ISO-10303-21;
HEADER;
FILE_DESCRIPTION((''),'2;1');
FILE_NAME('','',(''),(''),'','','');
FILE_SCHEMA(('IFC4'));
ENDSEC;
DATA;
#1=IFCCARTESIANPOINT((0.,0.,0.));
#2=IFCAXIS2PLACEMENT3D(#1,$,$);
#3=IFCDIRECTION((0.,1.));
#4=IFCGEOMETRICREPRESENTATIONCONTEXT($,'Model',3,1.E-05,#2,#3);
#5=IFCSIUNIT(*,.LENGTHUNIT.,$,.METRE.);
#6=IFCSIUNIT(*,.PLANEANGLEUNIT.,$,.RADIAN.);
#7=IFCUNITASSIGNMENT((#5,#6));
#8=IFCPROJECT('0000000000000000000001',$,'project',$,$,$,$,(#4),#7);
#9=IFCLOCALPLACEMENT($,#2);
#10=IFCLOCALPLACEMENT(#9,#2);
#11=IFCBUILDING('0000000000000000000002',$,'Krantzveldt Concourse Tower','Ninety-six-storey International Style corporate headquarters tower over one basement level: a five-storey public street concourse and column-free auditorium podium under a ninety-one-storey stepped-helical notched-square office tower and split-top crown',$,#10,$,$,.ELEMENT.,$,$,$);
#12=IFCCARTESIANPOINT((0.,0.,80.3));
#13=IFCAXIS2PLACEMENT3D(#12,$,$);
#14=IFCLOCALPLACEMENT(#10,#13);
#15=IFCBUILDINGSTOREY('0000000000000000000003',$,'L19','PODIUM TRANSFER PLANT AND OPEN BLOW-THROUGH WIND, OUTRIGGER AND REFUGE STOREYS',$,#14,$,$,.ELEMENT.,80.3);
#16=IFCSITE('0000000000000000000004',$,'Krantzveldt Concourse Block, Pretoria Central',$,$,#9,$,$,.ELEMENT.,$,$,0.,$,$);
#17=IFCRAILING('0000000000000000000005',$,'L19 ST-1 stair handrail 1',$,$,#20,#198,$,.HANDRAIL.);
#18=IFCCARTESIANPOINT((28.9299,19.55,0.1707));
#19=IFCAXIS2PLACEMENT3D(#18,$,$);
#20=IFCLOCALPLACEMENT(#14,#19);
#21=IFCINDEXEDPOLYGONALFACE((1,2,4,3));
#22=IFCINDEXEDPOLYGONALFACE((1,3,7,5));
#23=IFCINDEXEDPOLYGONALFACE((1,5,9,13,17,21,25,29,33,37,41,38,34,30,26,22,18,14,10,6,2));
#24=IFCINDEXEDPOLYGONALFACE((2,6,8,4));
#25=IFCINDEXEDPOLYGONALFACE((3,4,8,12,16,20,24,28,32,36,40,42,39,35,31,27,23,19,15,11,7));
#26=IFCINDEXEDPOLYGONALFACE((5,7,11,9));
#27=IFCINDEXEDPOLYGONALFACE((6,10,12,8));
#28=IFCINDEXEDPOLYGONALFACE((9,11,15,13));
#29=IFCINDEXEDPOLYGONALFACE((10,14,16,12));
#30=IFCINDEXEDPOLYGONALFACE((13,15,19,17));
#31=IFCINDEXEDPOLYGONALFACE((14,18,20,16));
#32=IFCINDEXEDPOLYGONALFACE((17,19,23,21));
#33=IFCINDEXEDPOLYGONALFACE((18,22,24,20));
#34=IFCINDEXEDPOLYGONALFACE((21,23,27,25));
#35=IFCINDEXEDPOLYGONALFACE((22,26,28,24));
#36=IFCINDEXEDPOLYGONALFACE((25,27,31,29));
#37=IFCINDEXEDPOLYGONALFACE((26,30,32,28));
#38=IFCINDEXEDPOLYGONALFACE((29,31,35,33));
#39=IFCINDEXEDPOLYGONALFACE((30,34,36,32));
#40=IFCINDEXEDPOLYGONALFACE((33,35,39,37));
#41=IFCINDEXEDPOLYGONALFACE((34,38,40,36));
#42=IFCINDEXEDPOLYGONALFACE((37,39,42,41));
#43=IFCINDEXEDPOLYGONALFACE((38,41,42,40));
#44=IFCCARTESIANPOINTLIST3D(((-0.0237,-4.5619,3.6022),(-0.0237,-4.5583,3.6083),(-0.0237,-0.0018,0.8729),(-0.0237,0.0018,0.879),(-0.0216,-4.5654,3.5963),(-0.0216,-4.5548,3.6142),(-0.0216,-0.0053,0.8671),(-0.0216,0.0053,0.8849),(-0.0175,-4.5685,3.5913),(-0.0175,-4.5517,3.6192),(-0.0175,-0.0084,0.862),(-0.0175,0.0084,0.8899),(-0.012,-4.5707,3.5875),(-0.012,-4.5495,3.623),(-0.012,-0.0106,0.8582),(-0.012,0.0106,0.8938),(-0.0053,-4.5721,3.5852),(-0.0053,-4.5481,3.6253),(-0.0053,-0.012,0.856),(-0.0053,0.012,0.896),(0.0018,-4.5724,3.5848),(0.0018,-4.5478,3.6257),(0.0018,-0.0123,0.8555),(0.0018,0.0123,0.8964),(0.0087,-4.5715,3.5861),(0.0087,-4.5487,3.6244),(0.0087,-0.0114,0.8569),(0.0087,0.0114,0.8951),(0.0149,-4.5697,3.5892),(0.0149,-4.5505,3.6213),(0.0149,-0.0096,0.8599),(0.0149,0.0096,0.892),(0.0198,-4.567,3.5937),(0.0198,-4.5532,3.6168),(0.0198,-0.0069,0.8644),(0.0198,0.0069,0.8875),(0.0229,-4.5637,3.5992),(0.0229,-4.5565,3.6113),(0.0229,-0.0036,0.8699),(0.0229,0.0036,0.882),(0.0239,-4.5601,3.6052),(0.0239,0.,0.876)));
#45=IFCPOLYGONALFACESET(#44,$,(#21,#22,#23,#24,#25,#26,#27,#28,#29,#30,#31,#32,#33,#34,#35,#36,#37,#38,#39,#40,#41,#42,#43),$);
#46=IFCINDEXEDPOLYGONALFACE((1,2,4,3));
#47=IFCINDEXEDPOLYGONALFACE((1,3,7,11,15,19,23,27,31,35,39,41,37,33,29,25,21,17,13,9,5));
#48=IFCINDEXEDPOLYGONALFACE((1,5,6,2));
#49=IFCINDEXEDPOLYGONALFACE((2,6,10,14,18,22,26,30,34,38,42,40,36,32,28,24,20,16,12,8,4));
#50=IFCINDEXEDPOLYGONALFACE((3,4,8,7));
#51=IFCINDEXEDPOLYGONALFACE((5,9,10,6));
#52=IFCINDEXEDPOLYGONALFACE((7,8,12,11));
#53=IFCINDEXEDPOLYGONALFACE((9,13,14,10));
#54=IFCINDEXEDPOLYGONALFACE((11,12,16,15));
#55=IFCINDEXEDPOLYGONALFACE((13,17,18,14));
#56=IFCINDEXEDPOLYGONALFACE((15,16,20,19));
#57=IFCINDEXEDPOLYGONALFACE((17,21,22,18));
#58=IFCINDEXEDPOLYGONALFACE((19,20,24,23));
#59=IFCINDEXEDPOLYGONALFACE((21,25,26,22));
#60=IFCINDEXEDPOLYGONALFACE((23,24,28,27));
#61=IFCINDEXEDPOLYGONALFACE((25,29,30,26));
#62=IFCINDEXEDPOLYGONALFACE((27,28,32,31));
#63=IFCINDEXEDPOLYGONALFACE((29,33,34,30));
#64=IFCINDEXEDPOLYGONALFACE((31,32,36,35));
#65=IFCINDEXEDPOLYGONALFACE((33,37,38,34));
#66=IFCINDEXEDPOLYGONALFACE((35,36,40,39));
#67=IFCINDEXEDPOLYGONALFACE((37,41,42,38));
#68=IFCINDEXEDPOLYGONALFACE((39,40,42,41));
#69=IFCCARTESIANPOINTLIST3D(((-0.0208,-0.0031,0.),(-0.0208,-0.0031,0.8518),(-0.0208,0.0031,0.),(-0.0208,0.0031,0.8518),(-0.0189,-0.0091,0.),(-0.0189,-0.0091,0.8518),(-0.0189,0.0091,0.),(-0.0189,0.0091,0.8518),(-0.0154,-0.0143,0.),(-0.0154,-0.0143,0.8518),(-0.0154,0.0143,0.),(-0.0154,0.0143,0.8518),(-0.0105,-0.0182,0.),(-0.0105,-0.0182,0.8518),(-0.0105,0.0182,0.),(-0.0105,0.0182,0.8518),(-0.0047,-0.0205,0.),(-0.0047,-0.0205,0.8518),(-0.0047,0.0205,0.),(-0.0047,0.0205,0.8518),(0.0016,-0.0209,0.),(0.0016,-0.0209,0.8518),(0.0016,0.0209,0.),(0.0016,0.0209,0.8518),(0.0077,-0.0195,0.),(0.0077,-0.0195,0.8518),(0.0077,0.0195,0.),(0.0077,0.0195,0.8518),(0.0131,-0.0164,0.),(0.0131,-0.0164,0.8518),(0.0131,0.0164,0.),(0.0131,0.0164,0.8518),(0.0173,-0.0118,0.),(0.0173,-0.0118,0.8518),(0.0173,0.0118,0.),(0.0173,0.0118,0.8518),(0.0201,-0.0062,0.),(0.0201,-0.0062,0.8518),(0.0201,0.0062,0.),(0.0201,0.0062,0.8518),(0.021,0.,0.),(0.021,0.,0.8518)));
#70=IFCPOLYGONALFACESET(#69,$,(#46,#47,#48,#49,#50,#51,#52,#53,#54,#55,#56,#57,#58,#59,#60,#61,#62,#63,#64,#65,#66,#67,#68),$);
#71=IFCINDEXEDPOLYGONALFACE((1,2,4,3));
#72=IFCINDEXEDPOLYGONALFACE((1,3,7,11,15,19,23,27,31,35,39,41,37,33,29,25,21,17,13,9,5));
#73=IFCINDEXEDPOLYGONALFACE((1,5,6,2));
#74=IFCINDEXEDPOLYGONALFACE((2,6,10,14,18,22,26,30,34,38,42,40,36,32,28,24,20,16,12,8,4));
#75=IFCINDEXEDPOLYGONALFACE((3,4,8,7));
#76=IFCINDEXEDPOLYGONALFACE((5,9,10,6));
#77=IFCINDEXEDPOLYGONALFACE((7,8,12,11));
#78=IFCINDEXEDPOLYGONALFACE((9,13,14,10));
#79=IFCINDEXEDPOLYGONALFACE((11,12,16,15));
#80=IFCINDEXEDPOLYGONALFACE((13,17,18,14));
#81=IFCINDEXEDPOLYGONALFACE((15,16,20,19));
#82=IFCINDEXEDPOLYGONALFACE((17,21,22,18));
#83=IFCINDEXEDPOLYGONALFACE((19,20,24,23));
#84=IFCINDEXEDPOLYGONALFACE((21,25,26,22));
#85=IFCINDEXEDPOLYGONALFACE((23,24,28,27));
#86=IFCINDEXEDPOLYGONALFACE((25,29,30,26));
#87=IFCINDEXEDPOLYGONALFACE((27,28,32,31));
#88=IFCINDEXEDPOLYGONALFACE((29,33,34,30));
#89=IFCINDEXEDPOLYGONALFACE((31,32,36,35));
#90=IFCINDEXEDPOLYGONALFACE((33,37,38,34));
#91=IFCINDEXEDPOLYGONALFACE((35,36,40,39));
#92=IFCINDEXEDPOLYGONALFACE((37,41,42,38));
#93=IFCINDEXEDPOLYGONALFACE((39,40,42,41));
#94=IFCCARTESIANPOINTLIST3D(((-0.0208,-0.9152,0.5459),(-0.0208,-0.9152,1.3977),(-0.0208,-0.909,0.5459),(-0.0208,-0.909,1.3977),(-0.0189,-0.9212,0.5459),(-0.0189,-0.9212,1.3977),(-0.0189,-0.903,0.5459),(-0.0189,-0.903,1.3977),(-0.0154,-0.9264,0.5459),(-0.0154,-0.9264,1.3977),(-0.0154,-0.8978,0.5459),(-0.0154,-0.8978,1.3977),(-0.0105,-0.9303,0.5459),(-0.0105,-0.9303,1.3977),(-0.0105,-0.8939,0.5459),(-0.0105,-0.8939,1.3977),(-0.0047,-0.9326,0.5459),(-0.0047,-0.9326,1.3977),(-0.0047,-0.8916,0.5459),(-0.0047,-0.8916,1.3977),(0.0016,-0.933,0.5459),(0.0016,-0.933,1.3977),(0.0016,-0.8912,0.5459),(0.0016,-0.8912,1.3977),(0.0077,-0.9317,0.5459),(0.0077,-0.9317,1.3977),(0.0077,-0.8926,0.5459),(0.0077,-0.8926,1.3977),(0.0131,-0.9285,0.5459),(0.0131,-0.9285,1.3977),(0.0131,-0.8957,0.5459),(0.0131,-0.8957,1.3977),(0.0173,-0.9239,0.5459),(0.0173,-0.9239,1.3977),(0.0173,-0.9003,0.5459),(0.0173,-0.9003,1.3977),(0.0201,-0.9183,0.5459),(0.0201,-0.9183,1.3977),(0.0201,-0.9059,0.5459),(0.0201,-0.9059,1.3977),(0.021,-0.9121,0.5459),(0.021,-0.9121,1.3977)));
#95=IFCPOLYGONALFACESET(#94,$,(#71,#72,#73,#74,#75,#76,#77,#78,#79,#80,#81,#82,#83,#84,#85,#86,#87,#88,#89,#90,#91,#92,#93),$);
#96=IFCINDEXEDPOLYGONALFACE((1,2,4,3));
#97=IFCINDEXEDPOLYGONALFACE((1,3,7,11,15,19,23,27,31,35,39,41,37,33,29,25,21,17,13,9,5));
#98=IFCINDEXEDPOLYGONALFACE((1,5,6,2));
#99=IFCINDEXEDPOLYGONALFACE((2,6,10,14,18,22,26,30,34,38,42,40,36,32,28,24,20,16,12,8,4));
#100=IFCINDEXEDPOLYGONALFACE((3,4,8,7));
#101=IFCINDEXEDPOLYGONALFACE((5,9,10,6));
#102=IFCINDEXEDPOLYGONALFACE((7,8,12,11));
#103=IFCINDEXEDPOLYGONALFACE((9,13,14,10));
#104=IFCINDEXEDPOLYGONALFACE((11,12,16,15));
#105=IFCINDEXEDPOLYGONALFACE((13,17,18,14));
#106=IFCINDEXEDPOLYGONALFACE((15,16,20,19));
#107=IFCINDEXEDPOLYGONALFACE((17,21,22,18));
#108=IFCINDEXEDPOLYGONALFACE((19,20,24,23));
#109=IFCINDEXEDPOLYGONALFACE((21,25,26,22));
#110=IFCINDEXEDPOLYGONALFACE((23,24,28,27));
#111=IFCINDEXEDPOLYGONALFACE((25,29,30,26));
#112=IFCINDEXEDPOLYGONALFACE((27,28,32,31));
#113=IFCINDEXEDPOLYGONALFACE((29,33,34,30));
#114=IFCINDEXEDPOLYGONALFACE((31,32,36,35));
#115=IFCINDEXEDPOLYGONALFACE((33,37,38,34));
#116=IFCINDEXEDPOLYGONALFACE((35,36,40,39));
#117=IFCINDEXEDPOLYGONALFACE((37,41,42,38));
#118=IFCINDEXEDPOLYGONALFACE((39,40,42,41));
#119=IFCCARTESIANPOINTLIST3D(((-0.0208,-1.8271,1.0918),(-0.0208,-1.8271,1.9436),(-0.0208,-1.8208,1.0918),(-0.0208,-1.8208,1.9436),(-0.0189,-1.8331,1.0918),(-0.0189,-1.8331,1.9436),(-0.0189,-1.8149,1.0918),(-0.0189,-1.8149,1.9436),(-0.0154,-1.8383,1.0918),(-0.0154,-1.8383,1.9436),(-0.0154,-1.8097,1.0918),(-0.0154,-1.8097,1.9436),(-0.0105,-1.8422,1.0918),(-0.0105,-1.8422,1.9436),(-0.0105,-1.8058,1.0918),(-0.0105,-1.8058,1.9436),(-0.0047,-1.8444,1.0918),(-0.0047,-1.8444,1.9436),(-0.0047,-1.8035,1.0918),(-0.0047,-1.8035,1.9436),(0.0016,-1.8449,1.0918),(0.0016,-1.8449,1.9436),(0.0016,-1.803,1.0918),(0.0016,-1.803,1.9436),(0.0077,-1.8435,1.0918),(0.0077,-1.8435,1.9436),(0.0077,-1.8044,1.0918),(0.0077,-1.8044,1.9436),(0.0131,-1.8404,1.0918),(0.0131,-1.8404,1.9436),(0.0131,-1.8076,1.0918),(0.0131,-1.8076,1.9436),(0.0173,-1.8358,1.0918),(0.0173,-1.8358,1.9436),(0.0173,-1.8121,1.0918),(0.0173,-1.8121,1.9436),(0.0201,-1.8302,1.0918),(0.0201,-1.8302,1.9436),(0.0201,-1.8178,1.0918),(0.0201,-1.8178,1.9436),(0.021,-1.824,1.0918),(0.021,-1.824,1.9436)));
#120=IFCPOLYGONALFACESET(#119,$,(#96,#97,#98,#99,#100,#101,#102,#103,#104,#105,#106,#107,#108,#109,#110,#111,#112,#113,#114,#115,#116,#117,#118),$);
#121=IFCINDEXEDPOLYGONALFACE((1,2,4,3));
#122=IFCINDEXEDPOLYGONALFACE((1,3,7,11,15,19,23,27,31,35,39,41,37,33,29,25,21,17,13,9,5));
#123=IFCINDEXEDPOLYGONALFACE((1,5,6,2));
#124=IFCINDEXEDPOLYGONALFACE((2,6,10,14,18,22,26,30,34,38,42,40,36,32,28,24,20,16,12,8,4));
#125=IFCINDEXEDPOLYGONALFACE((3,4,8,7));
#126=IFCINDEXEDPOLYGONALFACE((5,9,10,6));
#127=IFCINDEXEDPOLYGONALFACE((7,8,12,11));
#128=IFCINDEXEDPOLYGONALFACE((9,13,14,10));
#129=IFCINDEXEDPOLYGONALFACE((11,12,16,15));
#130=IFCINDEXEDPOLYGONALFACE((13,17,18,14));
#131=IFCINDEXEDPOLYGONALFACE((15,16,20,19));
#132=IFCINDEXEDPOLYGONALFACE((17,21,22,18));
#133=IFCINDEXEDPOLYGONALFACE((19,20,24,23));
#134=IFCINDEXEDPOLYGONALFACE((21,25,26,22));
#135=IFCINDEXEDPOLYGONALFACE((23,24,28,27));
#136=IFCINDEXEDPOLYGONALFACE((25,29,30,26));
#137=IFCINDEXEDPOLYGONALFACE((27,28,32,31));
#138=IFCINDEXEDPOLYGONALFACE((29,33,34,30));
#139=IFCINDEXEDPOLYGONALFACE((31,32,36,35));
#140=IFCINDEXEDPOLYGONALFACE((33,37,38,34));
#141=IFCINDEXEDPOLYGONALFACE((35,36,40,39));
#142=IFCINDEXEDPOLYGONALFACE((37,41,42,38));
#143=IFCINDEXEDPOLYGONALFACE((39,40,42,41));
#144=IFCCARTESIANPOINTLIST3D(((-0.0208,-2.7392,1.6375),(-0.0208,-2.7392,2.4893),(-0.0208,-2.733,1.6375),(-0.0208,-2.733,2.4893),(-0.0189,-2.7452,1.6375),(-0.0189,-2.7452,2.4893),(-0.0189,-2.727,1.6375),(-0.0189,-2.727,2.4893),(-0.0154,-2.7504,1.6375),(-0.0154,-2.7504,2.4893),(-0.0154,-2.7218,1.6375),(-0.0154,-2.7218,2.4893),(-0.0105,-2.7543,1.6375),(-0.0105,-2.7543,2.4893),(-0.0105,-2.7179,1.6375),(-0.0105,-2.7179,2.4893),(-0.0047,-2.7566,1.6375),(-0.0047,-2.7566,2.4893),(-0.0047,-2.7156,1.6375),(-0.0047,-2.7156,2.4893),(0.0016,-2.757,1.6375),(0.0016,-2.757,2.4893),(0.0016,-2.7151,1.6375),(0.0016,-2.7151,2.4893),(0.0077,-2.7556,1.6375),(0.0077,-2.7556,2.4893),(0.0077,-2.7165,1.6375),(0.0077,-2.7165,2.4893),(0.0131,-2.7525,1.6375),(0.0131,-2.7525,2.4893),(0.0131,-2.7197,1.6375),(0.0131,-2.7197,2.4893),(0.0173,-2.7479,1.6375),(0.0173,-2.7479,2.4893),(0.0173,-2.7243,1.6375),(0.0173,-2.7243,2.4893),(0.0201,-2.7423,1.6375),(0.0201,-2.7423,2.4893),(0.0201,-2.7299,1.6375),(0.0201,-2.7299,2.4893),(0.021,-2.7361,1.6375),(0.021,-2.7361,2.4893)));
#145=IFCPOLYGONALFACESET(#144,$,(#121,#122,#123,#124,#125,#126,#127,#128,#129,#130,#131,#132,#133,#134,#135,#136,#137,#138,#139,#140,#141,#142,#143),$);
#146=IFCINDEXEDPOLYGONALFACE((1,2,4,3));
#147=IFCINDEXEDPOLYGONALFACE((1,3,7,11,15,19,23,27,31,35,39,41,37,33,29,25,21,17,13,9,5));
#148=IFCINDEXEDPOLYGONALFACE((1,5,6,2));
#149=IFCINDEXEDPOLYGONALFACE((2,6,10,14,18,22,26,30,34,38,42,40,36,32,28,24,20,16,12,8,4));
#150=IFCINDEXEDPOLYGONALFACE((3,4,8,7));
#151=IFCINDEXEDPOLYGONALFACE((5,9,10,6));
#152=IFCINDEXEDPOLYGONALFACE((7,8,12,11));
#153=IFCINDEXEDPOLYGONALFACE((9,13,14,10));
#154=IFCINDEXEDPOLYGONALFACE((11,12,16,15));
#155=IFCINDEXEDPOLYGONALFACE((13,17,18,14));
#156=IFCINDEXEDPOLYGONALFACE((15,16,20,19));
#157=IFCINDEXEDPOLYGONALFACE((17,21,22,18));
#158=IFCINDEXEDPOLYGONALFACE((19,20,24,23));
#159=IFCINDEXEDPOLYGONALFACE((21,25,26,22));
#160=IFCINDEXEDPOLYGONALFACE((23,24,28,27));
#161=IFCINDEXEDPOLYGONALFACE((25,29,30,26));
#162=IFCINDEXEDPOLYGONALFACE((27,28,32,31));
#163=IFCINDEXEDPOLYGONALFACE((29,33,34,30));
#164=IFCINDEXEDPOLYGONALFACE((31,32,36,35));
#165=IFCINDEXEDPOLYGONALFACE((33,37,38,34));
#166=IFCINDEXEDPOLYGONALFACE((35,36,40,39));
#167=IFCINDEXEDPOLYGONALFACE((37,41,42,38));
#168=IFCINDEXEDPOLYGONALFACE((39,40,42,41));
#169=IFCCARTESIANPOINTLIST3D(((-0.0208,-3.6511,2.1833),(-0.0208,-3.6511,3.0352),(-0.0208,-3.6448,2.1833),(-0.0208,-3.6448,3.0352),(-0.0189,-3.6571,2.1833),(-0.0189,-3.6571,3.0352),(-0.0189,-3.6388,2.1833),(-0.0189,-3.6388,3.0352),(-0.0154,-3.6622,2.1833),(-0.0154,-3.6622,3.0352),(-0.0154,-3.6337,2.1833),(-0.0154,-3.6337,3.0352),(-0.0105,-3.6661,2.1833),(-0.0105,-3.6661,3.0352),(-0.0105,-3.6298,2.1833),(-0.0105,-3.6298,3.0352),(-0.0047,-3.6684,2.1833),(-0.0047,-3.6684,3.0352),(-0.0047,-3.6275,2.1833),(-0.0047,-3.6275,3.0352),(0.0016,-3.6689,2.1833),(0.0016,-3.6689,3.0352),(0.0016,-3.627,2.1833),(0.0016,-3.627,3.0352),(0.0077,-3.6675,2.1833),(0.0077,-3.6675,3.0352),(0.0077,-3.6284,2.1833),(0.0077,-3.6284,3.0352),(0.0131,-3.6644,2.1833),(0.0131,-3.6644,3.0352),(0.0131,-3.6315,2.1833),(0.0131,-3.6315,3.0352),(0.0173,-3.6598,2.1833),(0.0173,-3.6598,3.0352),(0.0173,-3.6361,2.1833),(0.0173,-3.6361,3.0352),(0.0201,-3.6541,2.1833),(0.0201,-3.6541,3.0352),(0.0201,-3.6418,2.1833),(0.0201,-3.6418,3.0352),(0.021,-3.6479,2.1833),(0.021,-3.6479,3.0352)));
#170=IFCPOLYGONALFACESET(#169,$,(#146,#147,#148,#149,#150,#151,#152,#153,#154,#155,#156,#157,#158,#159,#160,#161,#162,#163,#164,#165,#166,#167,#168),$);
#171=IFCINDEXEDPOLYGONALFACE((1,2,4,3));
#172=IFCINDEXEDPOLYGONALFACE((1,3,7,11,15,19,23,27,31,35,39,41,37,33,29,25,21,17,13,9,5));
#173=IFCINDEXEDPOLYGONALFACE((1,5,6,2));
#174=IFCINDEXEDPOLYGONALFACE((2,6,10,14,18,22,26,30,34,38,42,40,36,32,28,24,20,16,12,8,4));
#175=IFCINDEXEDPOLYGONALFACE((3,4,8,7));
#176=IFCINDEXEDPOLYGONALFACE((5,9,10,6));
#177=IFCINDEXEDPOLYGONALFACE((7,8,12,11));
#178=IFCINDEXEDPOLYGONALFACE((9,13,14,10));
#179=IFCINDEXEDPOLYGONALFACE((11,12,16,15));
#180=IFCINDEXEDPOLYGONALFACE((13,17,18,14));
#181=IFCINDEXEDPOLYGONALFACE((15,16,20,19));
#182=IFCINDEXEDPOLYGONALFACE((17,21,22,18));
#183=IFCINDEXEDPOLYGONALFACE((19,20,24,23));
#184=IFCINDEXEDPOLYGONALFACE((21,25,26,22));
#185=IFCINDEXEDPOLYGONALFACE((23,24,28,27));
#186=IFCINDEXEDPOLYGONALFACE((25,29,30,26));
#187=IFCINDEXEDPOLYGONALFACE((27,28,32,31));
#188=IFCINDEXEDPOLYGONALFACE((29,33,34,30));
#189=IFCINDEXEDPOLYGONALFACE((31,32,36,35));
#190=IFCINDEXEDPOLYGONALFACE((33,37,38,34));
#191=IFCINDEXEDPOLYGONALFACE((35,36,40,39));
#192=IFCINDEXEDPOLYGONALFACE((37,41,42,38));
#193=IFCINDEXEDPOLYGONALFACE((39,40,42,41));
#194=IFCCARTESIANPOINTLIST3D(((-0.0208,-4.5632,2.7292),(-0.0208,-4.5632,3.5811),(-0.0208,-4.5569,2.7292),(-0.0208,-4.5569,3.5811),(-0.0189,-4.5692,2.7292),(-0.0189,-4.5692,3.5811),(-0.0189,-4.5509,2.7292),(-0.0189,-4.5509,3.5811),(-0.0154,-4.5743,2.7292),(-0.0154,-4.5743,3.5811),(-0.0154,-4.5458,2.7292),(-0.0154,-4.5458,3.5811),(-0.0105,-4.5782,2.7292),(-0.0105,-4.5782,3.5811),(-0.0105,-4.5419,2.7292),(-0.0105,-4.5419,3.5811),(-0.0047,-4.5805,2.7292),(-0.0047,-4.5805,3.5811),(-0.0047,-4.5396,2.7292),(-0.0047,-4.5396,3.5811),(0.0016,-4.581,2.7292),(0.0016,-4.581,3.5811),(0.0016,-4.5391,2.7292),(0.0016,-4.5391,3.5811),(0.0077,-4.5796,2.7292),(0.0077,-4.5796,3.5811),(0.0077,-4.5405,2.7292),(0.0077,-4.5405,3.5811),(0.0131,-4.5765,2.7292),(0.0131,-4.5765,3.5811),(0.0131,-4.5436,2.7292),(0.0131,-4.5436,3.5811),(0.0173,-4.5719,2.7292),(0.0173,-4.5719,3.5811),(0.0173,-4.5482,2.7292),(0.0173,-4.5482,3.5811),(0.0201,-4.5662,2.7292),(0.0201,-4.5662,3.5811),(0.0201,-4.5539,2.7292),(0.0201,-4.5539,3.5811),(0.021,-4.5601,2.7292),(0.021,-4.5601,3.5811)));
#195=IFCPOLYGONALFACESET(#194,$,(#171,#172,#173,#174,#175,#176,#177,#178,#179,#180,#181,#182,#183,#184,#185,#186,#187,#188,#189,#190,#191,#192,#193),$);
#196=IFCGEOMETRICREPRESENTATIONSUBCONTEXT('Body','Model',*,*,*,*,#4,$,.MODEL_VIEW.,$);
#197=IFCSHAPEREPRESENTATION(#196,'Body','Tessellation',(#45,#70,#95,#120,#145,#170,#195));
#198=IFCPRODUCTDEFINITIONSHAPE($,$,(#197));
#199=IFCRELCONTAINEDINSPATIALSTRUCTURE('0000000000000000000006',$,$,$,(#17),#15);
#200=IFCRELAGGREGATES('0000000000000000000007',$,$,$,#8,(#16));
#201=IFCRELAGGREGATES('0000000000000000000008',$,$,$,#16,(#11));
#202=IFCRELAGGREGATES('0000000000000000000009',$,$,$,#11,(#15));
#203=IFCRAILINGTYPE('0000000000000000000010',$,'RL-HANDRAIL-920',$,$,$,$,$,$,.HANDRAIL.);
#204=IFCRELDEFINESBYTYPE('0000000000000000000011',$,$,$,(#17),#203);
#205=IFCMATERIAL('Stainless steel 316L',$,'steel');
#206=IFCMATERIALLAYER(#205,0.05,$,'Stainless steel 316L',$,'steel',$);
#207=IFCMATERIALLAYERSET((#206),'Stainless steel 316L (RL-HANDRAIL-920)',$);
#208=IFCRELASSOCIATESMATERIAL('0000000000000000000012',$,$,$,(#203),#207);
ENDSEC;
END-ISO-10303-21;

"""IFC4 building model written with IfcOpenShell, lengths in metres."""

from ifc_helpers import new_model, si_unit, direction, frame, origin, origin_2d, place, context, subcontext, project, spatial, circle, extrude, material, layer, layer_set, type_object, element, save


model = new_model("IFC4")

# Units and contexts
model_context = context("Model", 3, precision=1e-05, world=origin(), true_north=direction((0.0, 1.0)))
body_context = subcontext(model_context, "Body", "Model", "MODEL_VIEW")
ifc_project = project(units=[si_unit("LENGTHUNIT", "METRE"), si_unit("PLANEANGLEUNIT", "RADIAN")], contexts=[model_context])

# Site, building, storey
site_placement = place(None, origin())
site = spatial("IfcSite", under=ifc_project, at=site_placement, Name="Krantzveldt Concourse Block, Pretoria Central", CompositionType="ELEMENT", RefElevation=0.0)
building_placement = place(site_placement, origin())
building = spatial("IfcBuilding", under=site, at=building_placement, Name="Krantzveldt Concourse Tower", Description="Ninety-six-storey International Style corporate headquarters tower over one basement level: a five-storey public street concourse and column-free auditorium podium under a ninety-one-storey stepped-helical notched-square office tower and split-top crown", CompositionType="ELEMENT")
storey_placement = place(building_placement, frame((0.0, 0.0, 80.3)))
storey = spatial("IfcBuildingStorey", under=building, at=storey_placement, Name="L19", Description="PODIUM TRANSFER PLANT AND OPEN BLOW-THROUGH WIND, OUTRIGGER AND REFUGE STOREYS", CompositionType="ELEMENT", Elevation=80.3)

# Railing
ifc_material_1 = material(Name="Stainless steel 316L", Category="steel")
ifc_layer_1 = layer(ifc_material_1, 0.05, Name="Stainless steel 316L", Category="steel")
ifc_layer_set_1 = layer_set([ifc_layer_1], Name="Stainless steel 316L (RL-HANDRAIL-920)")
railing_type_1 = type_object("IfcRailingType", Name="RL-HANDRAIL-920", PredefinedType="HANDRAIL", material=ifc_layer_set_1)
railing_1_placement = place(storey_placement, frame((28.9299, 19.55, 0.1707)))
element("IfcRailing", 1, at=railing_1_placement, inside=storey, type_object=railing_type_1, Name="L19 ST-1 stair handrail 1", PredefinedType="HANDRAIL", context=body_context, shape_type="SweptSolid", body=[
    extrude(circle(Radius=0.0239, at=origin_2d()), frame((0.0, 0.0, 0.876), z_axis=(0.0, -0.858056, 0.513556), x_axis=(1.0, 0.0, 0.0)), (0.0, 0.0, 1.0), 5.3145),
    extrude(circle(Radius=0.021, at=origin_2d()), origin(), (0.0, 0.0, 1.0), 0.8518),
    extrude(circle(Radius=0.021, at=origin_2d()), frame((0.0, -0.9121, 0.5459)), (0.0, 0.0, 1.0), 0.8518),
    extrude(circle(Radius=0.021, at=origin_2d()), frame((0.0, -1.824, 1.0918)), (0.0, 0.0, 1.0), 0.8518),
    extrude(circle(Radius=0.021, at=origin_2d()), frame((0.0, -2.7361, 1.6375)), (0.0, 0.0, 1.0), 0.8518),
    extrude(circle(Radius=0.021, at=origin_2d()), frame((0.0, -3.6479, 2.1833)), (0.0, 0.0, 1.0), 0.8518),
    extrude(circle(Radius=0.021, at=origin_2d()), frame((0.0, -4.5601, 2.7292)), (0.0, 0.0, 1.0), 0.8518),
])

save(model, "model.ifc")
